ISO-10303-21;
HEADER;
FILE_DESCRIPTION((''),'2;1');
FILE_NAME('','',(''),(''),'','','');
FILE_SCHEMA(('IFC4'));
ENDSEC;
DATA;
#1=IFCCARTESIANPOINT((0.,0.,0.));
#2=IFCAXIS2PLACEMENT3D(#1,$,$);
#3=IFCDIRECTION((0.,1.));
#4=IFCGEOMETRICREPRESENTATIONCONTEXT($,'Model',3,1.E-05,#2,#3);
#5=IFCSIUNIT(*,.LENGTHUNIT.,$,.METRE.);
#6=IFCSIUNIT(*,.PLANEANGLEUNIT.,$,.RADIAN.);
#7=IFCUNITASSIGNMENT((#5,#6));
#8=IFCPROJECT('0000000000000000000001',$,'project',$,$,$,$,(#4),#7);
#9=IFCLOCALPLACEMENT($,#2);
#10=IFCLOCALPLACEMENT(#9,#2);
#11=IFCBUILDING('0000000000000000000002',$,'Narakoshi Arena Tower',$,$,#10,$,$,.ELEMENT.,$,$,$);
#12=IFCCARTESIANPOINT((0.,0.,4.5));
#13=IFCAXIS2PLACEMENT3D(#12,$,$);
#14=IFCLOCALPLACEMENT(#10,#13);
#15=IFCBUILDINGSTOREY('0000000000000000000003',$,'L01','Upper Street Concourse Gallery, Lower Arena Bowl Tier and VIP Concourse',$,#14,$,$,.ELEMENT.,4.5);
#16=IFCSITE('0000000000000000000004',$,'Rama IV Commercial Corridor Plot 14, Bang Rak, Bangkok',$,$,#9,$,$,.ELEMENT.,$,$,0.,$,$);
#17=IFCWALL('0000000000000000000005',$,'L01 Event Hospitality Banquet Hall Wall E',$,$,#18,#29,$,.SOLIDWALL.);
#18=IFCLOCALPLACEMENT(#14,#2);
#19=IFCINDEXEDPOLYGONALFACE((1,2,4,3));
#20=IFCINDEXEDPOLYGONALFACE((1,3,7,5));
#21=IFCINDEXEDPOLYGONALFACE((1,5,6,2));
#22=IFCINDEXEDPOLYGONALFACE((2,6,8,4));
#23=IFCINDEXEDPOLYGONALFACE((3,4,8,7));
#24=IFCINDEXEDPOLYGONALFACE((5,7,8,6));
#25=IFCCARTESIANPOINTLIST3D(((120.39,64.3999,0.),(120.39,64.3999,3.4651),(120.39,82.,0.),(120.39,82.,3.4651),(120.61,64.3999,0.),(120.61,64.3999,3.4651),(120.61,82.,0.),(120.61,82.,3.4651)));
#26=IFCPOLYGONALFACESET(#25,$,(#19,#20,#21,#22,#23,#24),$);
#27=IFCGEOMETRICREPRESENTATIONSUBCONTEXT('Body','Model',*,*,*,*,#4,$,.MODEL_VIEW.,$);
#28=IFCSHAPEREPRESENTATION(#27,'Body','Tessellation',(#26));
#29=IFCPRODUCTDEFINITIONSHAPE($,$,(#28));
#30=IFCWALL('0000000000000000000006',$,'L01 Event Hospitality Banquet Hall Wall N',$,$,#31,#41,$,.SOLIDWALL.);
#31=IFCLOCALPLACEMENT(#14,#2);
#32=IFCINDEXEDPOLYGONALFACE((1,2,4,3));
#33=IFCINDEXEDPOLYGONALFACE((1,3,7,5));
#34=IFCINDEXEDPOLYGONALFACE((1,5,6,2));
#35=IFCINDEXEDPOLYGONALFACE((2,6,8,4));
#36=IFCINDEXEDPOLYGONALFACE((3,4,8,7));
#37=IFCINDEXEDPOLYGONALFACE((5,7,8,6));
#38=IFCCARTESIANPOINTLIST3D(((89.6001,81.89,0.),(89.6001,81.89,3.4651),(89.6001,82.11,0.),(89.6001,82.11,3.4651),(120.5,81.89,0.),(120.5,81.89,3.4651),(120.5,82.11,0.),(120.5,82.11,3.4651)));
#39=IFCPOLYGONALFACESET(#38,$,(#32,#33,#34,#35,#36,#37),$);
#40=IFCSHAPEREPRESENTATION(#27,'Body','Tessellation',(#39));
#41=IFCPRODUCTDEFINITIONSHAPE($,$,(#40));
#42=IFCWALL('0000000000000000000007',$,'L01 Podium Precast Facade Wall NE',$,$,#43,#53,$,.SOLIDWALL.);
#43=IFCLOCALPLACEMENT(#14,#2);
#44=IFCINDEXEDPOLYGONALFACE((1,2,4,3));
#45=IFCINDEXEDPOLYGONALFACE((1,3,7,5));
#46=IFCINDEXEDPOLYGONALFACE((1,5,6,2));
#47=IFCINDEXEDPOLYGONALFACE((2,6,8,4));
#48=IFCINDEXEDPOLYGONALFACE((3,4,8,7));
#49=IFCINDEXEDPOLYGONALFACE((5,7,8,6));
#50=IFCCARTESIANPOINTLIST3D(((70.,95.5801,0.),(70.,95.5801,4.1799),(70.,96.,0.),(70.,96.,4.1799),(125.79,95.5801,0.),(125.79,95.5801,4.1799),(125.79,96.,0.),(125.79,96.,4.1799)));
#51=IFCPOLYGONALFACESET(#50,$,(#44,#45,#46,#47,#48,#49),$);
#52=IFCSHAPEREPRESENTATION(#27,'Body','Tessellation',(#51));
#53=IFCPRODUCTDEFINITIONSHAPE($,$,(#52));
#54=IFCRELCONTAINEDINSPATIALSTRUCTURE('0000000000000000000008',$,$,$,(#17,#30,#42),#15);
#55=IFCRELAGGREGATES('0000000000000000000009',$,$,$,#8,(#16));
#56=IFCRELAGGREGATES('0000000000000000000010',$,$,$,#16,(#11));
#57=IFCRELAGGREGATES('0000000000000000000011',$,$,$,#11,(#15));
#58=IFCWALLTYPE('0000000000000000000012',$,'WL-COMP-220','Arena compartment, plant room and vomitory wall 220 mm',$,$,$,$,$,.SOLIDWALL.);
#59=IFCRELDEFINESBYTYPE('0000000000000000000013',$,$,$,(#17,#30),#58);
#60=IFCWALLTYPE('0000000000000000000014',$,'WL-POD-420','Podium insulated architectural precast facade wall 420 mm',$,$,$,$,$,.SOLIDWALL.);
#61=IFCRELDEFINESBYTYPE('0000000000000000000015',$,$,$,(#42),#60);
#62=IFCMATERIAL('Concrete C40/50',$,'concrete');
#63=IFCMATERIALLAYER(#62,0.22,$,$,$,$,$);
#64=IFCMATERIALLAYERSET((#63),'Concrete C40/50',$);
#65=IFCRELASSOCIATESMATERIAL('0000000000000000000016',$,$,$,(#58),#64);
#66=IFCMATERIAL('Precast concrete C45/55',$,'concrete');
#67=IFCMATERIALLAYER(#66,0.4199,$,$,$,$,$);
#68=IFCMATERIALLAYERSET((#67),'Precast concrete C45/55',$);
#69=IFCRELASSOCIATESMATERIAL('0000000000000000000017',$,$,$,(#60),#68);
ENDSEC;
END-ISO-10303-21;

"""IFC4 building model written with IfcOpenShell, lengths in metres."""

from ifc_helpers import new_model, si_unit, direction, frame, frame_2d, origin, place, context, subcontext, project, spatial, rectangle, extrude, material, layer, layer_set, type_object, element, save


model = new_model("IFC4")

# Units and contexts
model_context = context("Model", 3, precision=1e-05, world=origin(), true_north=direction((0.0, 1.0)))
body_context = subcontext(model_context, "Body", "Model", "MODEL_VIEW")
ifc_project = project(units=[si_unit("LENGTHUNIT", "METRE"), si_unit("PLANEANGLEUNIT", "RADIAN")], contexts=[model_context])

# Site, building, storey
site_placement = place(None, origin())
site = spatial("IfcSite", under=ifc_project, at=site_placement, Name="Rama IV Commercial Corridor Plot 14, Bang Rak, Bangkok", CompositionType="ELEMENT", RefElevation=0.0)
building_placement = place(site_placement, origin())
building = spatial("IfcBuilding", under=site, at=building_placement, Name="Narakoshi Arena Tower", CompositionType="ELEMENT")
storey_placement = place(building_placement, frame((0.0, 0.0, 4.5)))
storey = spatial("IfcBuildingStorey", under=building, at=storey_placement, Name="L01", Description="Upper Street Concourse Gallery, Lower Arena Bowl Tier and VIP Concourse", CompositionType="ELEMENT", Elevation=4.5)

# Walls
ifc_material_1 = material(Name="Concrete C40/50", Category="concrete")
ifc_layer_1 = layer(ifc_material_1, 0.22)
ifc_layer_set_1 = layer_set([ifc_layer_1], Name="Concrete C40/50")
wall_type_1 = type_object("IfcWallType", Name="WL-COMP-220", Description="Arena compartment, plant room and vomitory wall 220 mm", PredefinedType="SOLIDWALL", material=ifc_layer_set_1)
wall_1_placement = place(storey_placement, frame((120.5, 64.3999, 0.0), z_axis=(0.0, 0.0, 1.0), x_axis=(0.0, 1.0, 0.0)))
element("IfcWall", 1, at=wall_1_placement, inside=storey, type_object=wall_type_1, Name="L01 Event Hospitality Banquet Hall Wall E", PredefinedType="SOLIDWALL", context=body_context, shape_type="SweptSolid", body=[
    extrude(rectangle(XDim=17.6001, YDim=0.22, at=frame_2d((8.8, 0.0))), origin(), (0.0, 0.0, 1.0), 3.4651),
])
wall_2_placement = place(storey_placement, frame((120.5, 82.0, 0.0), z_axis=(0.0, 0.0, 1.0), x_axis=(-1.0, 0.0, 0.0)))
element("IfcWall", 2, at=wall_2_placement, inside=storey, type_object=wall_type_1, Name="L01 Event Hospitality Banquet Hall Wall N", PredefinedType="SOLIDWALL", context=body_context, shape_type="SweptSolid", body=[
    extrude(rectangle(XDim=30.8999, YDim=0.22, at=frame_2d((15.45, 0.0))), origin(), (0.0, 0.0, 1.0), 3.4651),
])
ifc_material_2 = material(Name="Precast concrete C45/55", Category="concrete")
ifc_layer_2 = layer(ifc_material_2, 0.4199)
ifc_layer_set_2 = layer_set([ifc_layer_2], Name="Precast concrete C45/55")
wall_type_2 = type_object("IfcWallType", Name="WL-POD-420", Description="Podium insulated architectural precast facade wall 420 mm", PredefinedType="SOLIDWALL", material=ifc_layer_set_2)
wall_3_placement = place(storey_placement, frame((125.79, 95.79, 0.0), z_axis=(0.0, 0.0, 1.0), x_axis=(-1.0, 0.0, 0.0)))
element("IfcWall", 3, at=wall_3_placement, inside=storey, type_object=wall_type_2, Name="L01 Podium Precast Facade Wall NE", PredefinedType="SOLIDWALL", context=body_context, shape_type="SweptSolid", body=[
    extrude(rectangle(XDim=55.79, YDim=0.4199, at=frame_2d((27.895, 0.0))), origin(), (0.0, 0.0, 1.0), 4.1799),
])

save(model, "model.ifc")
